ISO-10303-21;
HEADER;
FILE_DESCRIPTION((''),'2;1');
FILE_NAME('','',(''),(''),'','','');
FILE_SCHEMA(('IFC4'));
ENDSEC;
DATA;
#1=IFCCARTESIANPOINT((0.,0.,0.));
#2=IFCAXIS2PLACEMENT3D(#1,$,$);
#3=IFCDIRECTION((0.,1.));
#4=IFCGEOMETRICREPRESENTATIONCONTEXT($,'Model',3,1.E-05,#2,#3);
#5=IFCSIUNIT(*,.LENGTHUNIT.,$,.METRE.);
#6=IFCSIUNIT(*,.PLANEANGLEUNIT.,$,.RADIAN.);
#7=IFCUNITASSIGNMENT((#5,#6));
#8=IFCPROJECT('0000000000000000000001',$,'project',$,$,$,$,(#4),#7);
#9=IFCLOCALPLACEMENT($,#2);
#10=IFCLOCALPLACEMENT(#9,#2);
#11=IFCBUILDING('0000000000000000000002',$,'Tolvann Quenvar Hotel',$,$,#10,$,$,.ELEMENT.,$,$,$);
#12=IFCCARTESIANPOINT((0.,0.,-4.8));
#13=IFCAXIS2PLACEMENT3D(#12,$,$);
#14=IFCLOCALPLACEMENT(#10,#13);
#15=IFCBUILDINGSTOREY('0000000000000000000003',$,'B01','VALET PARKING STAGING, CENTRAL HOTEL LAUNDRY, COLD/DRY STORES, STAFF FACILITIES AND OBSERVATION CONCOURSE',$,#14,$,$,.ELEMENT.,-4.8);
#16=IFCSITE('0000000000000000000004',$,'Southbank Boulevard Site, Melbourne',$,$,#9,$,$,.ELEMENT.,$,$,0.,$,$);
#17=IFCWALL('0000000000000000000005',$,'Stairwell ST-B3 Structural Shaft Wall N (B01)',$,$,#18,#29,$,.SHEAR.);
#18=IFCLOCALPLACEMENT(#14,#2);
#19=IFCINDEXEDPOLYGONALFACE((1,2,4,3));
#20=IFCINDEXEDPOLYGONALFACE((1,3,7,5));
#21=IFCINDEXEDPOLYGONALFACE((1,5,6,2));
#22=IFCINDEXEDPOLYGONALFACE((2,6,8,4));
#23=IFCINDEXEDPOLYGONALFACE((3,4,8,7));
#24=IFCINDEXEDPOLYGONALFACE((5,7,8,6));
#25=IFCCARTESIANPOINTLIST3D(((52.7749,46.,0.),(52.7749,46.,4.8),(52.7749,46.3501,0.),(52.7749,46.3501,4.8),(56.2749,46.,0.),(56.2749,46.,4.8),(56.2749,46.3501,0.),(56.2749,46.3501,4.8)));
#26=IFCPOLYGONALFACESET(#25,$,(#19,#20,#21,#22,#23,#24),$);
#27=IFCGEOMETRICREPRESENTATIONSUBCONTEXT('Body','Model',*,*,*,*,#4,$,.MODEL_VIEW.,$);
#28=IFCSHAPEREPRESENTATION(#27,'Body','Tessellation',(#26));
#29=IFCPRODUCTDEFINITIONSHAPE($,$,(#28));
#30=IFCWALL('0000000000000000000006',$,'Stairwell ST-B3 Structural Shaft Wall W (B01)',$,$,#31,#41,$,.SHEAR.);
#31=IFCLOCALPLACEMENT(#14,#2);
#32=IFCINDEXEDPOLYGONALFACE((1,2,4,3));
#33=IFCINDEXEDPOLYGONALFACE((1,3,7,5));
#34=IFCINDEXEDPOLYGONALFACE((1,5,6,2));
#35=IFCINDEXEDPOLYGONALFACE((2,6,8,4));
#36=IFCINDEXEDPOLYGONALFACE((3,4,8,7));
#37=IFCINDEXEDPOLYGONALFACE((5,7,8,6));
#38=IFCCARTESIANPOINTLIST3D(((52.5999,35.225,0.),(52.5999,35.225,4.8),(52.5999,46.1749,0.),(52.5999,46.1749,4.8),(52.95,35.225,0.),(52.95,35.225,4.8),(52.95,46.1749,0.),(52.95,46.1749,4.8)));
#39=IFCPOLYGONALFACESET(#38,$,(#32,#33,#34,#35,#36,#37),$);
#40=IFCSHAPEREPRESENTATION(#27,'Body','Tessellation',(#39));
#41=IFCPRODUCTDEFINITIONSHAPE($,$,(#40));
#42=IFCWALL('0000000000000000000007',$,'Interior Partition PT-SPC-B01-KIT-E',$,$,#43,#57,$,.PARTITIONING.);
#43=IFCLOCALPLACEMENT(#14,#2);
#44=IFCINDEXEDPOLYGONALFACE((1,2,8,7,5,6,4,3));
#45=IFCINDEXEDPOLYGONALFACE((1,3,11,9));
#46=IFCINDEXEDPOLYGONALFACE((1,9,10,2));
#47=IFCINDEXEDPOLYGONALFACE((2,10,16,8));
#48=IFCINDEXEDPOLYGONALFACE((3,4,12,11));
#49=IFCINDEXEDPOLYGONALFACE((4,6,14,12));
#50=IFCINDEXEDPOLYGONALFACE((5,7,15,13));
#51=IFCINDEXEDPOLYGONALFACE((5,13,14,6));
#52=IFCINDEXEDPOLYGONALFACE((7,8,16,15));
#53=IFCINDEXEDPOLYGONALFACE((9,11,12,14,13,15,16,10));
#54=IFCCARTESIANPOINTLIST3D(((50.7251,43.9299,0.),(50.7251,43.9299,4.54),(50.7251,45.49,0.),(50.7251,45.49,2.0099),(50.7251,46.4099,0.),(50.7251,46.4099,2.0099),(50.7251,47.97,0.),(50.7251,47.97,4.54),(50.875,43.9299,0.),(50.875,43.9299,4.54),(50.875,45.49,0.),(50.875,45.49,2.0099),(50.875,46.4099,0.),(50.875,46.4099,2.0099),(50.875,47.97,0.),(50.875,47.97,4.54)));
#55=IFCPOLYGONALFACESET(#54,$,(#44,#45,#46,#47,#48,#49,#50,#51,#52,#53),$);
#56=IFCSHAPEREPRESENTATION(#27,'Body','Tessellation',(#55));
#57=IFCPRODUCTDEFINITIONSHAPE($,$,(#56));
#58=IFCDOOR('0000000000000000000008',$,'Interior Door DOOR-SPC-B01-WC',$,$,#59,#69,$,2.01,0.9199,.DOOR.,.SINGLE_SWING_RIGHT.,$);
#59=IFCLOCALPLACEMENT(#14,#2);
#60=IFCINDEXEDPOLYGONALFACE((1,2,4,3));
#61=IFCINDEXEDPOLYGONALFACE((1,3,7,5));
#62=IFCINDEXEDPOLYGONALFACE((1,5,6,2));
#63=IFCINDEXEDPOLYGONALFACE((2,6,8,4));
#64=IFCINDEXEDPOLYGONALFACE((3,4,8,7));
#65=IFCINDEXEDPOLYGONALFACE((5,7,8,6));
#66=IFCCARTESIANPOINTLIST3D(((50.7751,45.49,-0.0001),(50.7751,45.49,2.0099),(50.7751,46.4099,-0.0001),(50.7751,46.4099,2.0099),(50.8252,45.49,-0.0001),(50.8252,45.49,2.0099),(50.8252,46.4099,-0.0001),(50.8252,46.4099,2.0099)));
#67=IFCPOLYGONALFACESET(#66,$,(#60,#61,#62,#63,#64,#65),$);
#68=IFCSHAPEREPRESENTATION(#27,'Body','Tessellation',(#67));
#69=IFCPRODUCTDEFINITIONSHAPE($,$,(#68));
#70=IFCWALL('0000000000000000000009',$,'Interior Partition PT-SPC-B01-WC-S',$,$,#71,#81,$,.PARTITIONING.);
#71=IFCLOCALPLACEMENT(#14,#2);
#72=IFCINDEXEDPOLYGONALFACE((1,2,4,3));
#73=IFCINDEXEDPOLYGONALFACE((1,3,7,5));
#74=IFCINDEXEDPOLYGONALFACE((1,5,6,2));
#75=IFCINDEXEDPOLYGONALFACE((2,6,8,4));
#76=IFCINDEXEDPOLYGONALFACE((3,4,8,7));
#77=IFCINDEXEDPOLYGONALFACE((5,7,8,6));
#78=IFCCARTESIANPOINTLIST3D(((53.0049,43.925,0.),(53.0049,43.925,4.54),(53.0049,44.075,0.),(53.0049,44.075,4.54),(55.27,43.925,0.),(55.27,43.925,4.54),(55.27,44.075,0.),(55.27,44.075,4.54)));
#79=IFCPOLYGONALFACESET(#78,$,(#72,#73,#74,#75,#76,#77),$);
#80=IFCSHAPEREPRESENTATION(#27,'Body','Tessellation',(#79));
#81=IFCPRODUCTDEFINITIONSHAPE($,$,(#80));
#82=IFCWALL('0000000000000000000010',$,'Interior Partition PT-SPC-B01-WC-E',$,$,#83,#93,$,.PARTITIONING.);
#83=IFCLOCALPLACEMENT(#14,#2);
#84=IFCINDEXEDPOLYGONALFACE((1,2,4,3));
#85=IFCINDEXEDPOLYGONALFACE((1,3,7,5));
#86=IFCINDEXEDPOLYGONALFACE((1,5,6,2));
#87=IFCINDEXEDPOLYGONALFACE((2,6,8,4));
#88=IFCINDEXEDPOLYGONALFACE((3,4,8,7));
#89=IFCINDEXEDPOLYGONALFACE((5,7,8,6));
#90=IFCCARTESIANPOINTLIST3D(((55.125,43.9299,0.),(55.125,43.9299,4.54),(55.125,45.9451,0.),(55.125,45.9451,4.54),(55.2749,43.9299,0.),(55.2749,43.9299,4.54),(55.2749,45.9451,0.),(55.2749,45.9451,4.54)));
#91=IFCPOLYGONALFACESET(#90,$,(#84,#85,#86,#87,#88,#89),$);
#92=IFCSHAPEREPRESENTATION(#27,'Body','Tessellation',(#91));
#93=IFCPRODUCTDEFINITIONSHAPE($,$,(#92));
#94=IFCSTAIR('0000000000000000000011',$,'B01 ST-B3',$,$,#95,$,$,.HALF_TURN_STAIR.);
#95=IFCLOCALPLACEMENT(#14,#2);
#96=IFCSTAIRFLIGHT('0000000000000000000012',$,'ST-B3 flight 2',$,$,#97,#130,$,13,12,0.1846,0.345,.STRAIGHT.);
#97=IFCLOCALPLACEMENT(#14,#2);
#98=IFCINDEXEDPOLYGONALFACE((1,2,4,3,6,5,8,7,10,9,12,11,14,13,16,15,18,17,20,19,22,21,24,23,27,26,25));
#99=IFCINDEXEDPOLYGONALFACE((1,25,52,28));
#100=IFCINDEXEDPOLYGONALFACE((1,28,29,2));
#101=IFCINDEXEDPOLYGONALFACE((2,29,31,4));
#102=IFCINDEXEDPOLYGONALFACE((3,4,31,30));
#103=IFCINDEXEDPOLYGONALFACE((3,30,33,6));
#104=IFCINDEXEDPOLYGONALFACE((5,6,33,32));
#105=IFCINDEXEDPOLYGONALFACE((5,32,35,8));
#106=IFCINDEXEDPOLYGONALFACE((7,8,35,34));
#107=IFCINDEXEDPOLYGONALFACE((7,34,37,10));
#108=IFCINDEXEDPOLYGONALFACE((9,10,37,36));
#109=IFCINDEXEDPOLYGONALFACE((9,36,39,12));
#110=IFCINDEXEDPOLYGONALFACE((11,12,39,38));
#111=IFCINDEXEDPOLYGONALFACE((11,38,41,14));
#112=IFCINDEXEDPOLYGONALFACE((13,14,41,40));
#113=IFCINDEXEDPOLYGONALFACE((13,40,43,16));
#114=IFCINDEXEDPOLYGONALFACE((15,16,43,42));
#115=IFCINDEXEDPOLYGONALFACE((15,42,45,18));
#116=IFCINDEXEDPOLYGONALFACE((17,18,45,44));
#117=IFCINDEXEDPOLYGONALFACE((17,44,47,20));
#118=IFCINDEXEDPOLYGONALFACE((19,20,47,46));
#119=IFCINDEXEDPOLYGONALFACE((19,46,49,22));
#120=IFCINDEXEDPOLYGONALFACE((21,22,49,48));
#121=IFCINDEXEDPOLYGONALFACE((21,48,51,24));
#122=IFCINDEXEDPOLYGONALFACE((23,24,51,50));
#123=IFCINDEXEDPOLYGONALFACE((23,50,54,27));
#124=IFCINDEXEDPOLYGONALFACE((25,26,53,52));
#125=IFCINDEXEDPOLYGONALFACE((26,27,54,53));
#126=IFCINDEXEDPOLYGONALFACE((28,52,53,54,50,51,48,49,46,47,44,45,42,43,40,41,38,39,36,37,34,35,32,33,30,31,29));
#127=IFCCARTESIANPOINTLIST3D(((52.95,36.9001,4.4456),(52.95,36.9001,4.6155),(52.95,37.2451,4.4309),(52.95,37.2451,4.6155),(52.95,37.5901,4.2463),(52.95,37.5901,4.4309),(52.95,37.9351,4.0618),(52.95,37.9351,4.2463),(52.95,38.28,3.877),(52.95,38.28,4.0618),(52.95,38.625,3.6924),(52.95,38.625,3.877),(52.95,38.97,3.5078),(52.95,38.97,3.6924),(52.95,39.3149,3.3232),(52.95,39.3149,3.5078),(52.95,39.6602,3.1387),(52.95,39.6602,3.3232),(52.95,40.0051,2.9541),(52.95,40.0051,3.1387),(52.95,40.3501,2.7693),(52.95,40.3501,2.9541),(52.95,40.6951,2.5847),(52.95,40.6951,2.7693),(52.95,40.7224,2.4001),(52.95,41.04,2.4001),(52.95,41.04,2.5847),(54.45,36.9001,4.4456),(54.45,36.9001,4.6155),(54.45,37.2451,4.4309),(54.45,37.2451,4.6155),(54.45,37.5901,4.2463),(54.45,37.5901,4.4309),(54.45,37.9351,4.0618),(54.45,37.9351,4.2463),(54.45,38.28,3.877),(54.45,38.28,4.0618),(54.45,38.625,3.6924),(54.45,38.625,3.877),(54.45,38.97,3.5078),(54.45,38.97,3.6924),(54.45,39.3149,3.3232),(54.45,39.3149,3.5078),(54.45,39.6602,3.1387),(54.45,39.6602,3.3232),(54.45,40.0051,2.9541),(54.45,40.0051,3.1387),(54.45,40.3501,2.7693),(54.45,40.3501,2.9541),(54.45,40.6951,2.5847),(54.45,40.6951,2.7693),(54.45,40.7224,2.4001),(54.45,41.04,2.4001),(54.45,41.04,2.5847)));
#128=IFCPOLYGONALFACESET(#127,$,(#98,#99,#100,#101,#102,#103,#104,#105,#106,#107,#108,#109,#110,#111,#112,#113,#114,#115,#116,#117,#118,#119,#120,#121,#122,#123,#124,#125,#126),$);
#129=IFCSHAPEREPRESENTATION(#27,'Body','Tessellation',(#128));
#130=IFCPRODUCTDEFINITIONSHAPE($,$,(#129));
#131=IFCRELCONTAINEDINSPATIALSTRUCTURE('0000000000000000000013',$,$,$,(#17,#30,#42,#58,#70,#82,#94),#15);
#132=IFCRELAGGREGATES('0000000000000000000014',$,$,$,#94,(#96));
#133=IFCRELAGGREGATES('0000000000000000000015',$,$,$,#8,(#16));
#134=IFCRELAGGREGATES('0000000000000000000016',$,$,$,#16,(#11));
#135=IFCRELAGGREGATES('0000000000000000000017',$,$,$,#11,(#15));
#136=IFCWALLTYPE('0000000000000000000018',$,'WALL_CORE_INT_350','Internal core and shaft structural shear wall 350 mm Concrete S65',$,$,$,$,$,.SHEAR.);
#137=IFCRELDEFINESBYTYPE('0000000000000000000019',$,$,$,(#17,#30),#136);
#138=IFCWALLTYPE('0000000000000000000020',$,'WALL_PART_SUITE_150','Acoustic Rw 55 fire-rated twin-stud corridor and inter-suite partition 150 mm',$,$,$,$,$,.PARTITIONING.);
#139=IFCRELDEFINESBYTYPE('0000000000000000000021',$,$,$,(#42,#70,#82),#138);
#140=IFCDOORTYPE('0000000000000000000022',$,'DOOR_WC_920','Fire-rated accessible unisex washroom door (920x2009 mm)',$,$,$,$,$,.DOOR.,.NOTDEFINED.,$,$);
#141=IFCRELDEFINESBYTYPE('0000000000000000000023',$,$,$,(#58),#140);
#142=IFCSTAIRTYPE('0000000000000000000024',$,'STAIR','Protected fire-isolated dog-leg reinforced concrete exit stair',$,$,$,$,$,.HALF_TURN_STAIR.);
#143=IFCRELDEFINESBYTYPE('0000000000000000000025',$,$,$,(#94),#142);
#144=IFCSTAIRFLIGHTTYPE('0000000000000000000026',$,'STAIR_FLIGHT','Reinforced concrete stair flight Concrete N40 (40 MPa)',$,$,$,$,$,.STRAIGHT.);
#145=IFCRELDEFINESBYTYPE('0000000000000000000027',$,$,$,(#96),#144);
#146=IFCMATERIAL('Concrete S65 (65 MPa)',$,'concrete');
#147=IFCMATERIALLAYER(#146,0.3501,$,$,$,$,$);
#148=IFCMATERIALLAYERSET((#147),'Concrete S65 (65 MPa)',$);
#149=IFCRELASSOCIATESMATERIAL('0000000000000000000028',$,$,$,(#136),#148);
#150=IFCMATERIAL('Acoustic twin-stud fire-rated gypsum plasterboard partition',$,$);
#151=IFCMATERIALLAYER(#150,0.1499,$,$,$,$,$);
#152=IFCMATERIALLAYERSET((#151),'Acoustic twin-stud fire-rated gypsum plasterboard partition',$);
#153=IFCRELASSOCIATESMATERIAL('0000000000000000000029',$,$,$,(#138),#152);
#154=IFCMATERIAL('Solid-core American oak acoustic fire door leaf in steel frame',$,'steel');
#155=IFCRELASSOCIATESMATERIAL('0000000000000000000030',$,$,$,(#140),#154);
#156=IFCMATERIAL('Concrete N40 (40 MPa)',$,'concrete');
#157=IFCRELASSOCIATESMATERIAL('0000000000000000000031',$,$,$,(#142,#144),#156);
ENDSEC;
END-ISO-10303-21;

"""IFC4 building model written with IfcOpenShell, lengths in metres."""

from ifc_helpers import new_model, si_unit, direction, frame, frame_2d, origin, place, context, subcontext, project, spatial, polyline, rectangle, outline, extrude, source, transform, mapped, material, layer, layer_set, type_object, type_shapes, element, fill, aggregate, save


model = new_model("IFC4")

# Units and contexts
model_context = context("Model", 3, precision=1e-05, world=origin(), true_north=direction((0.0, 1.0)))
body_context = subcontext(model_context, "Body", "Model", "MODEL_VIEW")
ifc_project = project(units=[si_unit("LENGTHUNIT", "METRE"), si_unit("PLANEANGLEUNIT", "RADIAN")], contexts=[model_context])

# Site, building, storey
site_placement = place(None, origin())
site = spatial("IfcSite", under=ifc_project, at=site_placement, Name="Southbank Boulevard Site, Melbourne", CompositionType="ELEMENT", RefElevation=0.0)
building_placement = place(site_placement, origin())
building = spatial("IfcBuilding", under=site, at=building_placement, Name="Tolvann Quenvar Hotel", CompositionType="ELEMENT")
storey_placement = place(building_placement, frame((0.0, 0.0, -4.8)))
storey = spatial("IfcBuildingStorey", under=building, at=storey_placement, Name="B01", Description="VALET PARKING STAGING, CENTRAL HOTEL LAUNDRY, COLD/DRY STORES, STAFF FACILITIES AND OBSERVATION CONCOURSE", CompositionType="ELEMENT", Elevation=-4.8)

# Walls
ifc_material_1 = material(Name="Concrete S65 (65 MPa)", Category="concrete")
ifc_layer_1 = layer(ifc_material_1, 0.3501)
ifc_layer_set_1 = layer_set([ifc_layer_1], Name="Concrete S65 (65 MPa)")
wall_type_1 = type_object("IfcWallType", Name="WALL_CORE_INT_350", Description="Internal core and shaft structural shear wall 350 mm Concrete S65", PredefinedType="SHEAR", material=ifc_layer_set_1)
wall_1_placement = place(storey_placement, frame((56.2749, 46.175, 0.0), z_axis=(0.0, 0.0, 1.0), x_axis=(-1.0, 0.0, 0.0)))
element("IfcWall", 1, at=wall_1_placement, inside=storey, type_object=wall_type_1, Name="Stairwell ST-B3 Structural Shaft Wall N (B01)", PredefinedType="SHEAR", context=body_context, shape_type="SweptSolid", body=[
    extrude(rectangle(XDim=3.5, YDim=0.3501, at=frame_2d((1.75, 0.0))), origin(), (0.0, 0.0, 1.0), 4.8),
])
wall_2_placement = place(storey_placement, frame((52.7749, 46.175, 0.0), z_axis=(0.0, 0.0, 1.0), x_axis=(0.0, -1.0, 0.0)))
element("IfcWall", 2, at=wall_2_placement, inside=storey, type_object=wall_type_1, Name="Stairwell ST-B3 Structural Shaft Wall W (B01)", PredefinedType="SHEAR", context=body_context, shape_type="SweptSolid", body=[
    extrude(rectangle(XDim=10.95, YDim=0.3501, at=frame_2d((5.4751, 0.0))), origin(), (0.0, 0.0, 1.0), 4.8),
])

# Wall, opening, door
ifc_material_2 = material(Name="Acoustic twin-stud fire-rated gypsum plasterboard partition")
ifc_layer_2 = layer(ifc_material_2, 0.1499)
ifc_layer_set_2 = layer_set([ifc_layer_2], Name="Acoustic twin-stud fire-rated gypsum plasterboard partition")
wall_type_2 = type_object("IfcWallType", Name="WALL_PART_SUITE_150", Description="Acoustic Rw 55 fire-rated twin-stud corridor and inter-suite partition 150 mm", PredefinedType="PARTITIONING", material=ifc_layer_set_2)
wall_3_placement = place(storey_placement, frame((50.8, 43.9299, 0.0), z_axis=(0.0, 0.0, 1.0), x_axis=(0.0, 1.0, 0.0)))
wall_3 = element("IfcWall", 3, at=wall_3_placement, inside=storey, type_object=wall_type_2, Name="Interior Partition PT-SPC-B01-KIT-E", PredefinedType="PARTITIONING", context=body_context, shape_type="SweptSolid", body=[
    extrude(rectangle(XDim=4.04, YDim=0.1499, at=frame_2d((2.02, 0.0))), origin(), (0.0, 0.0, 1.0), 4.54),
])
opening_placement = place(wall_3_placement, frame((1.5601, 0.0, 0.0)))
opening = element("IfcOpeningElement", 4, at=opening_placement, cuts=wall_3, PredefinedType="OPENING", context=body_context, shape_type="SweptSolid", body=[
    extrude(rectangle(XDim=0.9199, YDim=2.01, at=frame_2d((0.46, 1.0049))), frame((0.0, 0.085, 0.0), z_axis=(0.0, -1.0, 0.0), x_axis=(1.0, 0.0, 0.0)), (0.0, 0.0, 1.0), 0.1699),
])
ifc_material_3 = material(Name="Solid-core American oak acoustic fire door leaf in steel frame", Category="steel")
door_type = type_object("IfcDoorType", Name="DOOR_WC_920", Description="Fire-rated accessible unisex washroom door (920x2009 mm)", OperationType="NOTDEFINED", PredefinedType="DOOR", material=ifc_material_3)
shared_shape_1 = source(origin(), body_context, "Body", "SweptSolid", [
    extrude(rectangle(XDim=0.9199, YDim=2.01, at=frame_2d((0.46, 1.0049))), frame((0.0, 0.0249, 0.0), z_axis=(0.0, -1.0, 0.0), x_axis=(1.0, 0.0, 0.0)), (0.0, 0.0, 1.0), 0.05),
])
type_shapes(door_type, [shared_shape_1])
door_placement = place(opening_placement, origin())
door = element("IfcDoor", 5, at=door_placement, inside=storey, type_object=door_type, Name="Interior Door DOOR-SPC-B01-WC", OperationType="SINGLE_SWING_RIGHT", OverallHeight=2.01, OverallWidth=0.9199, PredefinedType="DOOR", context=body_context, shape_type="MappedRepresentation", body=[
    mapped(shared_shape_1, transform((0.0, 0.0, 0.0), x_axis=(1.0, 0.0, 0.0), y_axis=(0.0, 1.0, 0.0), z_axis=(0.0, 0.0, 1.0), scale=1.0)),
])
fill(opening, door)

# Walls
wall_4_placement = place(storey_placement, frame((53.0049, 44.0, 0.0), z_axis=(0.0, 0.0, 1.0), x_axis=(1.0, 0.0, 0.0)))
element("IfcWall", 6, at=wall_4_placement, inside=storey, type_object=wall_type_2, Name="Interior Partition PT-SPC-B01-WC-S", PredefinedType="PARTITIONING", context=body_context, shape_type="SweptSolid", body=[
    extrude(rectangle(XDim=2.2651, YDim=0.1499, at=frame_2d((1.1326, 0.0))), origin(), (0.0, 0.0, 1.0), 4.54),
])
wall_5_placement = place(storey_placement, frame((55.2, 43.9299, 0.0), z_axis=(0.0, 0.0, 1.0), x_axis=(0.0, 1.0, 0.0)))
element("IfcWall", 7, at=wall_5_placement, inside=storey, type_object=wall_type_2, Name="Interior Partition PT-SPC-B01-WC-E", PredefinedType="PARTITIONING", context=body_context, shape_type="SweptSolid", body=[
    extrude(rectangle(XDim=2.0151, YDim=0.1499, at=frame_2d((1.0076, 0.0))), origin(), (0.0, 0.0, 1.0), 4.54),
])

# Stair, stair flight
ifc_material_4 = material(Name="Concrete N40 (40 MPa)", Category="concrete")
stair_type = type_object("IfcStairType", Name="STAIR", Description="Protected fire-isolated dog-leg reinforced concrete exit stair", PredefinedType="HALF_TURN_STAIR", material=ifc_material_4)
stair_placement = place(storey_placement, origin())
stair = element("IfcStair", 8, at=stair_placement, inside=storey, type_object=stair_type, Name="B01 ST-B3", PredefinedType="HALF_TURN_STAIR")
stair_flight_type = type_object("IfcStairFlightType", Name="STAIR_FLIGHT", Description="Reinforced concrete stair flight Concrete N40 (40 MPa)", PredefinedType="STRAIGHT", material=ifc_material_4)
stair_flight_placement = place(storey_placement, frame((53.7, 41.04, 2.4001), z_axis=(0.0, 0.0, 1.0), x_axis=(0.0, -1.0, 0.0)))
stair_flight = element("IfcStairFlight", 9, at=stair_flight_placement, type_object=stair_flight_type, Name="ST-B3 flight 2", NumberOfRisers=13, NumberOfTreads=12, PredefinedType="STRAIGHT", RiserHeight=0.1846, TreadLength=0.345, context=body_context, shape_type="SweptSolid", body=[
    extrude(outline(polyline([(0.0, 0.0), (0.0, 0.1846), (0.345, 0.1846), (0.345, 0.3691), (0.6899, 0.3691), (0.6899, 0.554), (1.0349, 0.554), (1.0349, 0.7385), (1.3799, 0.7385), (1.3799, 0.9231), (1.7251, 0.9231), (1.7251, 1.1077), (2.0701, 1.1077), (2.0701, 1.2922), (2.415, 1.2922), (2.415, 1.4768), (2.76, 1.4768), (2.76, 1.6616), (3.105, 1.6616), (3.105, 1.8462), (3.45, 1.8462), (3.45, 2.0308), (3.7949, 2.0308), (3.7949, 2.2153), (4.1399, 2.2153), (4.1399, 2.3999), (4.1399, 2.0454), (0.3176, 0.0), (0.0, 0.0)])), frame((0.0, 0.75, 0.0), z_axis=(0.0, -1.0, 0.0), x_axis=(1.0, 0.0, 0.0)), (0.0, 0.0, 1.0), 1.5),
])
aggregate(stair, [stair_flight])

save(model, "model.ifc")
